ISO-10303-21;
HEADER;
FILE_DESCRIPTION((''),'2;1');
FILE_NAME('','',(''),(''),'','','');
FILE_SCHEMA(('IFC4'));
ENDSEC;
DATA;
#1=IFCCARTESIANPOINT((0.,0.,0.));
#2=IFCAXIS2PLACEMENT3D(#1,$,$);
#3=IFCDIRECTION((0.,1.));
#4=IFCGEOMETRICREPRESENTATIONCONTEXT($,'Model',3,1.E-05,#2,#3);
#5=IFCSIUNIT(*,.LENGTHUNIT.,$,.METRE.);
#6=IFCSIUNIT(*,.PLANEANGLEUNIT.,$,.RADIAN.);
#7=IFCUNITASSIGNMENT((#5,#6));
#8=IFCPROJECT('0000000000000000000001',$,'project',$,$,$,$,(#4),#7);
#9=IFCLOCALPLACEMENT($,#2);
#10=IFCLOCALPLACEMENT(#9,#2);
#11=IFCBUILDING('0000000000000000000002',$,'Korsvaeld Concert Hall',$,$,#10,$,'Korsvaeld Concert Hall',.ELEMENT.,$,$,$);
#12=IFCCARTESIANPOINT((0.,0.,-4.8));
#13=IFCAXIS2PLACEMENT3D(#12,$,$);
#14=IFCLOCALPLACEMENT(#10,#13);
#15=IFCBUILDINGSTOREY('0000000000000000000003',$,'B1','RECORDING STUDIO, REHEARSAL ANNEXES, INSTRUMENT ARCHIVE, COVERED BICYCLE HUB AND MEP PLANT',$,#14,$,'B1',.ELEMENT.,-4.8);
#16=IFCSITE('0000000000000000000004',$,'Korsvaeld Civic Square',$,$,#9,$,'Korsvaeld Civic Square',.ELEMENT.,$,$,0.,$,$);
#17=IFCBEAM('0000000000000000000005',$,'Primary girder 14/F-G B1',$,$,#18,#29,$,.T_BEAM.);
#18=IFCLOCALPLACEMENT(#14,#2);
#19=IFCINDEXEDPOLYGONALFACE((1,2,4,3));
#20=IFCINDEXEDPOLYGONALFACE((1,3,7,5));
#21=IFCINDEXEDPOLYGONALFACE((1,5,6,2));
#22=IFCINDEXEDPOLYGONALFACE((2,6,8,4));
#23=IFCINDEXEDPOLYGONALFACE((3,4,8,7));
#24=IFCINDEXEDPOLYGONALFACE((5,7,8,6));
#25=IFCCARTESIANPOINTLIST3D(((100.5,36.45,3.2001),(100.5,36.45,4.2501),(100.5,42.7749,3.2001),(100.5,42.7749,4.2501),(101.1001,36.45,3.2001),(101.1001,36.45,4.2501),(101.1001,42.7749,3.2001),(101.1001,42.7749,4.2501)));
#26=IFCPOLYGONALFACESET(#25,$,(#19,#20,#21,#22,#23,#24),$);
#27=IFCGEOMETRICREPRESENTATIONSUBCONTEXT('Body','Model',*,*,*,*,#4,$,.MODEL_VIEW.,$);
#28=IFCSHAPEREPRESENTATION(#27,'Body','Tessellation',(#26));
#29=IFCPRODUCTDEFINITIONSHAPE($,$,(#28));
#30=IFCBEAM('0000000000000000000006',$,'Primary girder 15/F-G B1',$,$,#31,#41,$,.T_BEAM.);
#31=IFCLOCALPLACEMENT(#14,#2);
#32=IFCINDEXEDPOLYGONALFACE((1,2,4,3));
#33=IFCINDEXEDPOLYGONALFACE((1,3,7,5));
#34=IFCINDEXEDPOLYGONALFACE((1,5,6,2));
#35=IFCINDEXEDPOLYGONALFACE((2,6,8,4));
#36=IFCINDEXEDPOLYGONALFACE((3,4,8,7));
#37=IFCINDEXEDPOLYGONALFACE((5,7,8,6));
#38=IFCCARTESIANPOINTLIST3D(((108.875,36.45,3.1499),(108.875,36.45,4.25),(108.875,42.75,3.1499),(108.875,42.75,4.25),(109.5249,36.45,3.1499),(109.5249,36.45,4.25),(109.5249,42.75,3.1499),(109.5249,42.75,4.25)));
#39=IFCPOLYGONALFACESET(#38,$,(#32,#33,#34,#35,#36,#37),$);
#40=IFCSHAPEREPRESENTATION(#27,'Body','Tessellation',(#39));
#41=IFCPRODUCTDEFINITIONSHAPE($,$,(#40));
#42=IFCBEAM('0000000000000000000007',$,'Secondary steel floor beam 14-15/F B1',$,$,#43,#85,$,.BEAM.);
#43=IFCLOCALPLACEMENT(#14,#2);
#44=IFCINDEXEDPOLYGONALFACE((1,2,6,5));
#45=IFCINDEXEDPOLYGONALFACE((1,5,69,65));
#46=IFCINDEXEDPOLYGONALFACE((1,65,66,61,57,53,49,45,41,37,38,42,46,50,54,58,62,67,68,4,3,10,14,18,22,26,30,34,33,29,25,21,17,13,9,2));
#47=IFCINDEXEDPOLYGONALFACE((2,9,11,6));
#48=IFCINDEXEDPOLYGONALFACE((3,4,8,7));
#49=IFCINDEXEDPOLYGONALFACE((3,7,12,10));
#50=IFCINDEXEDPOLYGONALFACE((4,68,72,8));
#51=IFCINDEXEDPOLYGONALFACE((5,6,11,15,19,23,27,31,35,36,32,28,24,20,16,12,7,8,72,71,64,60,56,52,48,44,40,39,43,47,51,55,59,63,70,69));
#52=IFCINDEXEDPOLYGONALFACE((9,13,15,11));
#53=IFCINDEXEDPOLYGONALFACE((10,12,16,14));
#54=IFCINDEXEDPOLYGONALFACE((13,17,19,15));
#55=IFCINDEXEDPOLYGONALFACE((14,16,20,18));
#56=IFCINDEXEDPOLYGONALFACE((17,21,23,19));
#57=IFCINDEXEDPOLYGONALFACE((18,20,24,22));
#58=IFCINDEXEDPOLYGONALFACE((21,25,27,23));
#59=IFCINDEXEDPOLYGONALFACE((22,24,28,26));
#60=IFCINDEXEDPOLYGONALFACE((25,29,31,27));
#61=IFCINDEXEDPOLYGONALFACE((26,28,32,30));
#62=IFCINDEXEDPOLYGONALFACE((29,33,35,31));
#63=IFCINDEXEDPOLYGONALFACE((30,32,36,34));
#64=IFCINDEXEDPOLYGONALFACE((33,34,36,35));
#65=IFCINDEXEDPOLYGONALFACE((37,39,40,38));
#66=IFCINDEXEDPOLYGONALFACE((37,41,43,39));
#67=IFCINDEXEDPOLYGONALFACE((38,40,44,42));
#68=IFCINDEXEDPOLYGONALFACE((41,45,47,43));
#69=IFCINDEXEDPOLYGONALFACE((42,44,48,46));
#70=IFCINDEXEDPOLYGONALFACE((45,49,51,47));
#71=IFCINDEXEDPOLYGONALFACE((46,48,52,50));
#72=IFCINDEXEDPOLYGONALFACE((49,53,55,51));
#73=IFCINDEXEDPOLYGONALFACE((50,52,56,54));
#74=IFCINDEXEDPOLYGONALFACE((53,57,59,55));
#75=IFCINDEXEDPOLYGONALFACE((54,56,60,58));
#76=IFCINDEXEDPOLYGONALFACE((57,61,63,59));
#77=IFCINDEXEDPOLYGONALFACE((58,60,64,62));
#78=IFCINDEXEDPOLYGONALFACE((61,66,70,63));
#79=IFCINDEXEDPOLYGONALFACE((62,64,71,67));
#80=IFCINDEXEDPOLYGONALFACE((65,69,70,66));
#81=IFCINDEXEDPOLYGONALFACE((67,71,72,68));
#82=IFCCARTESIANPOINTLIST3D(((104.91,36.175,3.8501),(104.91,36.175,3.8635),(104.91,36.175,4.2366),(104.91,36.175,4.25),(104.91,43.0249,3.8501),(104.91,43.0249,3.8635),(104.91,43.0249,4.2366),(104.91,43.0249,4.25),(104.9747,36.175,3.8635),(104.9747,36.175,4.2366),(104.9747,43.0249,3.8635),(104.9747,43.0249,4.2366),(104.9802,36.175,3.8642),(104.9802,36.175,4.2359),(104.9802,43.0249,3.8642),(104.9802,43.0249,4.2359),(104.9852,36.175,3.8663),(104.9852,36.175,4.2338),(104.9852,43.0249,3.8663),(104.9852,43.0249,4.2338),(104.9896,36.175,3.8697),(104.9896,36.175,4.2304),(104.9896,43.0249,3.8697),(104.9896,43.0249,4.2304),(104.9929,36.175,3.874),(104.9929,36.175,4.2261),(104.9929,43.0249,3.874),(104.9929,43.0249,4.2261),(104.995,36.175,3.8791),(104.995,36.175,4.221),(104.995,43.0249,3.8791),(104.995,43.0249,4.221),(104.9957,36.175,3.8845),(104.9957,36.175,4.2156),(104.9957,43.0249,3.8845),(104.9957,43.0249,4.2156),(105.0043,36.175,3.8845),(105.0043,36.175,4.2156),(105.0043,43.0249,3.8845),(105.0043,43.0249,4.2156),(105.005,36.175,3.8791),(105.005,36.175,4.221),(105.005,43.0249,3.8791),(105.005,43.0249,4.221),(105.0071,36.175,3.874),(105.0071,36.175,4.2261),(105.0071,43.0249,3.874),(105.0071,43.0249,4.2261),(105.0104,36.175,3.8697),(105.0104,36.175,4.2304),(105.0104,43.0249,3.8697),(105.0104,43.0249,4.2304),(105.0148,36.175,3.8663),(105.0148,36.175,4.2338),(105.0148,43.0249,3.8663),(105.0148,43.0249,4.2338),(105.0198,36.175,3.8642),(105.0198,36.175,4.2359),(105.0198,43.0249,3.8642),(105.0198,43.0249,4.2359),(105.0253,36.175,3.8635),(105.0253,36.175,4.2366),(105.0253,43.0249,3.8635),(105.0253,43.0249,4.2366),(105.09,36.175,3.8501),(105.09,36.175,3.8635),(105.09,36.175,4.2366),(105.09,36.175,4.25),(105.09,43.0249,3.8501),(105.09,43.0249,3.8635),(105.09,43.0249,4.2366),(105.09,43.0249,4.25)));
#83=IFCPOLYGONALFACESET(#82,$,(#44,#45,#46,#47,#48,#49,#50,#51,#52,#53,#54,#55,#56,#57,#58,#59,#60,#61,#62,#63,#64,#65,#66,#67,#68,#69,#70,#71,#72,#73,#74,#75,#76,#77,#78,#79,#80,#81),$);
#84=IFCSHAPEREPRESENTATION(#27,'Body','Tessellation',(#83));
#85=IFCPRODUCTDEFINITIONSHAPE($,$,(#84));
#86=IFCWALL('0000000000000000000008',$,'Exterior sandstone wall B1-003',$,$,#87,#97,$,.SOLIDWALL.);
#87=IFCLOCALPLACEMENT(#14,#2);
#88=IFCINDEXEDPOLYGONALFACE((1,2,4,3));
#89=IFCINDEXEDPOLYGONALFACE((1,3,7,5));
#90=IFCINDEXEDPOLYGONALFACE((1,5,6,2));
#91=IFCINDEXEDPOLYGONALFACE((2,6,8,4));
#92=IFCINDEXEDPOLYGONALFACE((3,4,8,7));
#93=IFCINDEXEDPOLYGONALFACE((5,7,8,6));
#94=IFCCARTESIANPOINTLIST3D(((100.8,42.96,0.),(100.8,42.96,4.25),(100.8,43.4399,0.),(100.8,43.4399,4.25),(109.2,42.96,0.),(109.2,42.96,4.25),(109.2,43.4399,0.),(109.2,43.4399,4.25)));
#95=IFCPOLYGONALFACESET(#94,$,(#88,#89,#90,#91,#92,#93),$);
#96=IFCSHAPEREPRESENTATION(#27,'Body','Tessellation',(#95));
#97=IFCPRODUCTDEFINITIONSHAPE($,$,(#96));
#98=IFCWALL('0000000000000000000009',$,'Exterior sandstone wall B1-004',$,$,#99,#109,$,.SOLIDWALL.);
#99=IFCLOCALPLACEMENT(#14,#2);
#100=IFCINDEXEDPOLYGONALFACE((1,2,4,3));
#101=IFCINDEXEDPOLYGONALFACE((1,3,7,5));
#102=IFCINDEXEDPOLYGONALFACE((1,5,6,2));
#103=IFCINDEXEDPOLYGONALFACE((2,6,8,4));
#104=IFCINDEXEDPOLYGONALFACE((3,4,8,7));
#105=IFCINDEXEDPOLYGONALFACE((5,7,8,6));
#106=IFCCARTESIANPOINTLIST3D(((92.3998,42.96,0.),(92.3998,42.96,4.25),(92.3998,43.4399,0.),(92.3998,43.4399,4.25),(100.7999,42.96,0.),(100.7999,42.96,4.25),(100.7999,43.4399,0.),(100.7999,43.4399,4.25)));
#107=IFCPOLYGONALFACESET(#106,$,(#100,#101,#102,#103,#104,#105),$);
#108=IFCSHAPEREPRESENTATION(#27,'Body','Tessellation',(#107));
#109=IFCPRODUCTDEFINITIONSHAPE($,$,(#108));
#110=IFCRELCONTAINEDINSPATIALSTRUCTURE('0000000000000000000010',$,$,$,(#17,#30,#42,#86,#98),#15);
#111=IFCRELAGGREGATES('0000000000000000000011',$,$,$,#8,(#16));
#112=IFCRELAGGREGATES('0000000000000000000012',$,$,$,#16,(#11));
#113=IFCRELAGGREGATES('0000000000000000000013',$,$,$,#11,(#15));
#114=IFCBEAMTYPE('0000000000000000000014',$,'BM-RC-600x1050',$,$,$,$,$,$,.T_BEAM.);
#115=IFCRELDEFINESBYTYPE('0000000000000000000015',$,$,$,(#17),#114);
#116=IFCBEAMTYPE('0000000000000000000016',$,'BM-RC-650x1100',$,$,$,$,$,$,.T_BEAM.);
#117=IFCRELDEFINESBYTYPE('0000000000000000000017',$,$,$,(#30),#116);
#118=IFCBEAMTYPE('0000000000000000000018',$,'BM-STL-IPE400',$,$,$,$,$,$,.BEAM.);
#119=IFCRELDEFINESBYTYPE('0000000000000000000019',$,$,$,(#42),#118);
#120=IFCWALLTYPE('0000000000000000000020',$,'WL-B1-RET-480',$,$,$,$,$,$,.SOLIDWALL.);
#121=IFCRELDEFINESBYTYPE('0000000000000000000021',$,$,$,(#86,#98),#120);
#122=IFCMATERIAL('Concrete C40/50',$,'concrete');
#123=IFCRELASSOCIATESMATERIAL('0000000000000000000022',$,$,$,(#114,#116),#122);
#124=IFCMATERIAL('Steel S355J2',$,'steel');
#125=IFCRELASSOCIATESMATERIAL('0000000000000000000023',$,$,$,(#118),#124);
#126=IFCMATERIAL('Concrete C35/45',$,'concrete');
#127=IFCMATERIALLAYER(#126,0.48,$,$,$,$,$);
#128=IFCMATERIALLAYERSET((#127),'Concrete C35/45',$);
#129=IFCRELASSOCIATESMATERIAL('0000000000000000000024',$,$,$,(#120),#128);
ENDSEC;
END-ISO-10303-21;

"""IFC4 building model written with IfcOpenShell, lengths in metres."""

from ifc_helpers import new_model, si_unit, direction, frame, frame_2d, origin, origin_2d, place, context, subcontext, project, spatial, rectangle, i_section, extrude, material, layer, layer_set, material_profile, profile_set, type_object, element, save


model = new_model("IFC4")

# Units and contexts
model_context = context("Model", 3, precision=1e-05, world=origin(), true_north=direction((0.0, 1.0)))
body_context = subcontext(model_context, "Body", "Model", "MODEL_VIEW")
ifc_project = project(units=[si_unit("LENGTHUNIT", "METRE"), si_unit("PLANEANGLEUNIT", "RADIAN")], contexts=[model_context])

# Site, building, storey
site_placement = place(None, origin())
site = spatial("IfcSite", under=ifc_project, at=site_placement, Name="Korsvaeld Civic Square", LongName="Korsvaeld Civic Square", CompositionType="ELEMENT", RefElevation=0.0)
building_placement = place(site_placement, origin())
building = spatial("IfcBuilding", under=site, at=building_placement, Name="Korsvaeld Concert Hall", LongName="Korsvaeld Concert Hall", CompositionType="ELEMENT")
storey_placement = place(building_placement, frame((0.0, 0.0, -4.8)))
storey = spatial("IfcBuildingStorey", under=building, at=storey_placement, Name="B1", Description="RECORDING STUDIO, REHEARSAL ANNEXES, INSTRUMENT ARCHIVE, COVERED BICYCLE HUB AND MEP PLANT", LongName="B1", CompositionType="ELEMENT", Elevation=-4.8)

# Shared definitions
ifc_material_1 = material(Name="Concrete C35/45", Category="concrete")

# Shared definitions
ifc_material_2 = material(Name="Concrete C40/50", Category="concrete")

# Beams
ifc_material_profile_1 = material_profile(ifc_material_2, rectangle(XDim=0.6001, YDim=1.05, at=origin_2d()), Name="RC 600x1050")
ifc_profile_set_1 = profile_set([ifc_material_profile_1], Name="Concrete C40/50")
beam_type_1 = type_object("IfcBeamType", Name="BM-RC-600x1050", PredefinedType="T_BEAM", material=ifc_profile_set_1)
beam_1_placement = place(storey_placement, frame((100.8, 36.45, 3.7251), z_axis=(0.0, 1.0, 0.0), x_axis=(-1.0, 0.0, 0.0)))
element("IfcBeam", 1, at=beam_1_placement, inside=storey, type_object=beam_type_1, Name="Primary girder 14/F-G B1", PredefinedType="T_BEAM", context=body_context, shape_type="SweptSolid", body=[
    extrude(rectangle(XDim=0.6001, YDim=1.05, at=origin_2d()), origin(), (0.0, 0.0, 1.0), 6.325),
])
ifc_material_profile_2 = material_profile(ifc_material_2, rectangle(XDim=0.6499, YDim=1.1001, at=origin_2d()), Name="RC 650x1100")
ifc_profile_set_2 = profile_set([ifc_material_profile_2], Name="Concrete C40/50")
beam_type_2 = type_object("IfcBeamType", Name="BM-RC-650x1100", PredefinedType="T_BEAM", material=ifc_profile_set_2)
beam_2_placement = place(storey_placement, frame((109.2, 36.45, 3.7), z_axis=(0.0, 1.0, 0.0), x_axis=(-1.0, 0.0, 0.0)))
element("IfcBeam", 2, at=beam_2_placement, inside=storey, type_object=beam_type_2, Name="Primary girder 15/F-G B1", PredefinedType="T_BEAM", context=body_context, shape_type="SweptSolid", body=[
    extrude(rectangle(XDim=0.6499, YDim=1.1001, at=origin_2d()), origin(), (0.0, 0.0, 1.0), 6.3),
])
ifc_material_3 = material(Name="Steel S355J2", Category="steel")
ifc_material_profile_3 = material_profile(ifc_material_3, i_section(OverallWidth=0.1799, OverallDepth=0.3999, WebThickness=0.0085, FlangeThickness=0.0134, FilletRadius=0.021, at=origin_2d()), Name="IPE 400")
ifc_profile_set_3 = profile_set([ifc_material_profile_3], Name="Steel S355J2")
beam_type_3 = type_object("IfcBeamType", Name="BM-STL-IPE400", PredefinedType="BEAM", material=ifc_profile_set_3)
beam_3_placement = place(storey_placement, frame((105.0, 36.175, 4.05), z_axis=(0.0, 1.0, 0.0), x_axis=(-1.0, 0.0, 0.0)))
element("IfcBeam", 3, at=beam_3_placement, inside=storey, type_object=beam_type_3, Name="Secondary steel floor beam 14-15/F B1", PredefinedType="BEAM", context=body_context, shape_type="SweptSolid", body=[
    extrude(i_section(OverallWidth=0.1799, OverallDepth=0.3999, WebThickness=0.0085, FlangeThickness=0.0134, FilletRadius=0.021, at=origin_2d()), origin(), (0.0, 0.0, 1.0), 6.8499),
])

# Walls
ifc_layer = layer(ifc_material_1, 0.48)
ifc_layer_set = layer_set([ifc_layer], Name="Concrete C35/45")
wall_type = type_object("IfcWallType", Name="WL-B1-RET-480", PredefinedType="SOLIDWALL", material=ifc_layer_set)
wall_1_placement = place(storey_placement, frame((109.2, 43.2, 0.0), z_axis=(0.0, 0.0, 1.0), x_axis=(-1.0, 0.0, 0.0)))
element("IfcWall", 4, at=wall_1_placement, inside=storey, type_object=wall_type, Name="Exterior sandstone wall B1-003", PredefinedType="SOLIDWALL", context=body_context, shape_type="SweptSolid", body=[
    extrude(rectangle(XDim=8.3999, YDim=0.48, at=frame_2d((4.2, 0.0))), origin(), (0.0, 0.0, 1.0), 4.25),
])
wall_2_placement = place(storey_placement, frame((100.8, 43.2, 0.0), z_axis=(0.0, 0.0, 1.0), x_axis=(-1.0, 0.0, 0.0)))
element("IfcWall", 5, at=wall_2_placement, inside=storey, type_object=wall_type, Name="Exterior sandstone wall B1-004", PredefinedType="SOLIDWALL", context=body_context, shape_type="SweptSolid", body=[
    extrude(rectangle(XDim=8.4001, YDim=0.48, at=frame_2d((4.2002, 0.0))), origin(), (0.0, 0.0, 1.0), 4.25),
])

save(model, "model.ifc")
